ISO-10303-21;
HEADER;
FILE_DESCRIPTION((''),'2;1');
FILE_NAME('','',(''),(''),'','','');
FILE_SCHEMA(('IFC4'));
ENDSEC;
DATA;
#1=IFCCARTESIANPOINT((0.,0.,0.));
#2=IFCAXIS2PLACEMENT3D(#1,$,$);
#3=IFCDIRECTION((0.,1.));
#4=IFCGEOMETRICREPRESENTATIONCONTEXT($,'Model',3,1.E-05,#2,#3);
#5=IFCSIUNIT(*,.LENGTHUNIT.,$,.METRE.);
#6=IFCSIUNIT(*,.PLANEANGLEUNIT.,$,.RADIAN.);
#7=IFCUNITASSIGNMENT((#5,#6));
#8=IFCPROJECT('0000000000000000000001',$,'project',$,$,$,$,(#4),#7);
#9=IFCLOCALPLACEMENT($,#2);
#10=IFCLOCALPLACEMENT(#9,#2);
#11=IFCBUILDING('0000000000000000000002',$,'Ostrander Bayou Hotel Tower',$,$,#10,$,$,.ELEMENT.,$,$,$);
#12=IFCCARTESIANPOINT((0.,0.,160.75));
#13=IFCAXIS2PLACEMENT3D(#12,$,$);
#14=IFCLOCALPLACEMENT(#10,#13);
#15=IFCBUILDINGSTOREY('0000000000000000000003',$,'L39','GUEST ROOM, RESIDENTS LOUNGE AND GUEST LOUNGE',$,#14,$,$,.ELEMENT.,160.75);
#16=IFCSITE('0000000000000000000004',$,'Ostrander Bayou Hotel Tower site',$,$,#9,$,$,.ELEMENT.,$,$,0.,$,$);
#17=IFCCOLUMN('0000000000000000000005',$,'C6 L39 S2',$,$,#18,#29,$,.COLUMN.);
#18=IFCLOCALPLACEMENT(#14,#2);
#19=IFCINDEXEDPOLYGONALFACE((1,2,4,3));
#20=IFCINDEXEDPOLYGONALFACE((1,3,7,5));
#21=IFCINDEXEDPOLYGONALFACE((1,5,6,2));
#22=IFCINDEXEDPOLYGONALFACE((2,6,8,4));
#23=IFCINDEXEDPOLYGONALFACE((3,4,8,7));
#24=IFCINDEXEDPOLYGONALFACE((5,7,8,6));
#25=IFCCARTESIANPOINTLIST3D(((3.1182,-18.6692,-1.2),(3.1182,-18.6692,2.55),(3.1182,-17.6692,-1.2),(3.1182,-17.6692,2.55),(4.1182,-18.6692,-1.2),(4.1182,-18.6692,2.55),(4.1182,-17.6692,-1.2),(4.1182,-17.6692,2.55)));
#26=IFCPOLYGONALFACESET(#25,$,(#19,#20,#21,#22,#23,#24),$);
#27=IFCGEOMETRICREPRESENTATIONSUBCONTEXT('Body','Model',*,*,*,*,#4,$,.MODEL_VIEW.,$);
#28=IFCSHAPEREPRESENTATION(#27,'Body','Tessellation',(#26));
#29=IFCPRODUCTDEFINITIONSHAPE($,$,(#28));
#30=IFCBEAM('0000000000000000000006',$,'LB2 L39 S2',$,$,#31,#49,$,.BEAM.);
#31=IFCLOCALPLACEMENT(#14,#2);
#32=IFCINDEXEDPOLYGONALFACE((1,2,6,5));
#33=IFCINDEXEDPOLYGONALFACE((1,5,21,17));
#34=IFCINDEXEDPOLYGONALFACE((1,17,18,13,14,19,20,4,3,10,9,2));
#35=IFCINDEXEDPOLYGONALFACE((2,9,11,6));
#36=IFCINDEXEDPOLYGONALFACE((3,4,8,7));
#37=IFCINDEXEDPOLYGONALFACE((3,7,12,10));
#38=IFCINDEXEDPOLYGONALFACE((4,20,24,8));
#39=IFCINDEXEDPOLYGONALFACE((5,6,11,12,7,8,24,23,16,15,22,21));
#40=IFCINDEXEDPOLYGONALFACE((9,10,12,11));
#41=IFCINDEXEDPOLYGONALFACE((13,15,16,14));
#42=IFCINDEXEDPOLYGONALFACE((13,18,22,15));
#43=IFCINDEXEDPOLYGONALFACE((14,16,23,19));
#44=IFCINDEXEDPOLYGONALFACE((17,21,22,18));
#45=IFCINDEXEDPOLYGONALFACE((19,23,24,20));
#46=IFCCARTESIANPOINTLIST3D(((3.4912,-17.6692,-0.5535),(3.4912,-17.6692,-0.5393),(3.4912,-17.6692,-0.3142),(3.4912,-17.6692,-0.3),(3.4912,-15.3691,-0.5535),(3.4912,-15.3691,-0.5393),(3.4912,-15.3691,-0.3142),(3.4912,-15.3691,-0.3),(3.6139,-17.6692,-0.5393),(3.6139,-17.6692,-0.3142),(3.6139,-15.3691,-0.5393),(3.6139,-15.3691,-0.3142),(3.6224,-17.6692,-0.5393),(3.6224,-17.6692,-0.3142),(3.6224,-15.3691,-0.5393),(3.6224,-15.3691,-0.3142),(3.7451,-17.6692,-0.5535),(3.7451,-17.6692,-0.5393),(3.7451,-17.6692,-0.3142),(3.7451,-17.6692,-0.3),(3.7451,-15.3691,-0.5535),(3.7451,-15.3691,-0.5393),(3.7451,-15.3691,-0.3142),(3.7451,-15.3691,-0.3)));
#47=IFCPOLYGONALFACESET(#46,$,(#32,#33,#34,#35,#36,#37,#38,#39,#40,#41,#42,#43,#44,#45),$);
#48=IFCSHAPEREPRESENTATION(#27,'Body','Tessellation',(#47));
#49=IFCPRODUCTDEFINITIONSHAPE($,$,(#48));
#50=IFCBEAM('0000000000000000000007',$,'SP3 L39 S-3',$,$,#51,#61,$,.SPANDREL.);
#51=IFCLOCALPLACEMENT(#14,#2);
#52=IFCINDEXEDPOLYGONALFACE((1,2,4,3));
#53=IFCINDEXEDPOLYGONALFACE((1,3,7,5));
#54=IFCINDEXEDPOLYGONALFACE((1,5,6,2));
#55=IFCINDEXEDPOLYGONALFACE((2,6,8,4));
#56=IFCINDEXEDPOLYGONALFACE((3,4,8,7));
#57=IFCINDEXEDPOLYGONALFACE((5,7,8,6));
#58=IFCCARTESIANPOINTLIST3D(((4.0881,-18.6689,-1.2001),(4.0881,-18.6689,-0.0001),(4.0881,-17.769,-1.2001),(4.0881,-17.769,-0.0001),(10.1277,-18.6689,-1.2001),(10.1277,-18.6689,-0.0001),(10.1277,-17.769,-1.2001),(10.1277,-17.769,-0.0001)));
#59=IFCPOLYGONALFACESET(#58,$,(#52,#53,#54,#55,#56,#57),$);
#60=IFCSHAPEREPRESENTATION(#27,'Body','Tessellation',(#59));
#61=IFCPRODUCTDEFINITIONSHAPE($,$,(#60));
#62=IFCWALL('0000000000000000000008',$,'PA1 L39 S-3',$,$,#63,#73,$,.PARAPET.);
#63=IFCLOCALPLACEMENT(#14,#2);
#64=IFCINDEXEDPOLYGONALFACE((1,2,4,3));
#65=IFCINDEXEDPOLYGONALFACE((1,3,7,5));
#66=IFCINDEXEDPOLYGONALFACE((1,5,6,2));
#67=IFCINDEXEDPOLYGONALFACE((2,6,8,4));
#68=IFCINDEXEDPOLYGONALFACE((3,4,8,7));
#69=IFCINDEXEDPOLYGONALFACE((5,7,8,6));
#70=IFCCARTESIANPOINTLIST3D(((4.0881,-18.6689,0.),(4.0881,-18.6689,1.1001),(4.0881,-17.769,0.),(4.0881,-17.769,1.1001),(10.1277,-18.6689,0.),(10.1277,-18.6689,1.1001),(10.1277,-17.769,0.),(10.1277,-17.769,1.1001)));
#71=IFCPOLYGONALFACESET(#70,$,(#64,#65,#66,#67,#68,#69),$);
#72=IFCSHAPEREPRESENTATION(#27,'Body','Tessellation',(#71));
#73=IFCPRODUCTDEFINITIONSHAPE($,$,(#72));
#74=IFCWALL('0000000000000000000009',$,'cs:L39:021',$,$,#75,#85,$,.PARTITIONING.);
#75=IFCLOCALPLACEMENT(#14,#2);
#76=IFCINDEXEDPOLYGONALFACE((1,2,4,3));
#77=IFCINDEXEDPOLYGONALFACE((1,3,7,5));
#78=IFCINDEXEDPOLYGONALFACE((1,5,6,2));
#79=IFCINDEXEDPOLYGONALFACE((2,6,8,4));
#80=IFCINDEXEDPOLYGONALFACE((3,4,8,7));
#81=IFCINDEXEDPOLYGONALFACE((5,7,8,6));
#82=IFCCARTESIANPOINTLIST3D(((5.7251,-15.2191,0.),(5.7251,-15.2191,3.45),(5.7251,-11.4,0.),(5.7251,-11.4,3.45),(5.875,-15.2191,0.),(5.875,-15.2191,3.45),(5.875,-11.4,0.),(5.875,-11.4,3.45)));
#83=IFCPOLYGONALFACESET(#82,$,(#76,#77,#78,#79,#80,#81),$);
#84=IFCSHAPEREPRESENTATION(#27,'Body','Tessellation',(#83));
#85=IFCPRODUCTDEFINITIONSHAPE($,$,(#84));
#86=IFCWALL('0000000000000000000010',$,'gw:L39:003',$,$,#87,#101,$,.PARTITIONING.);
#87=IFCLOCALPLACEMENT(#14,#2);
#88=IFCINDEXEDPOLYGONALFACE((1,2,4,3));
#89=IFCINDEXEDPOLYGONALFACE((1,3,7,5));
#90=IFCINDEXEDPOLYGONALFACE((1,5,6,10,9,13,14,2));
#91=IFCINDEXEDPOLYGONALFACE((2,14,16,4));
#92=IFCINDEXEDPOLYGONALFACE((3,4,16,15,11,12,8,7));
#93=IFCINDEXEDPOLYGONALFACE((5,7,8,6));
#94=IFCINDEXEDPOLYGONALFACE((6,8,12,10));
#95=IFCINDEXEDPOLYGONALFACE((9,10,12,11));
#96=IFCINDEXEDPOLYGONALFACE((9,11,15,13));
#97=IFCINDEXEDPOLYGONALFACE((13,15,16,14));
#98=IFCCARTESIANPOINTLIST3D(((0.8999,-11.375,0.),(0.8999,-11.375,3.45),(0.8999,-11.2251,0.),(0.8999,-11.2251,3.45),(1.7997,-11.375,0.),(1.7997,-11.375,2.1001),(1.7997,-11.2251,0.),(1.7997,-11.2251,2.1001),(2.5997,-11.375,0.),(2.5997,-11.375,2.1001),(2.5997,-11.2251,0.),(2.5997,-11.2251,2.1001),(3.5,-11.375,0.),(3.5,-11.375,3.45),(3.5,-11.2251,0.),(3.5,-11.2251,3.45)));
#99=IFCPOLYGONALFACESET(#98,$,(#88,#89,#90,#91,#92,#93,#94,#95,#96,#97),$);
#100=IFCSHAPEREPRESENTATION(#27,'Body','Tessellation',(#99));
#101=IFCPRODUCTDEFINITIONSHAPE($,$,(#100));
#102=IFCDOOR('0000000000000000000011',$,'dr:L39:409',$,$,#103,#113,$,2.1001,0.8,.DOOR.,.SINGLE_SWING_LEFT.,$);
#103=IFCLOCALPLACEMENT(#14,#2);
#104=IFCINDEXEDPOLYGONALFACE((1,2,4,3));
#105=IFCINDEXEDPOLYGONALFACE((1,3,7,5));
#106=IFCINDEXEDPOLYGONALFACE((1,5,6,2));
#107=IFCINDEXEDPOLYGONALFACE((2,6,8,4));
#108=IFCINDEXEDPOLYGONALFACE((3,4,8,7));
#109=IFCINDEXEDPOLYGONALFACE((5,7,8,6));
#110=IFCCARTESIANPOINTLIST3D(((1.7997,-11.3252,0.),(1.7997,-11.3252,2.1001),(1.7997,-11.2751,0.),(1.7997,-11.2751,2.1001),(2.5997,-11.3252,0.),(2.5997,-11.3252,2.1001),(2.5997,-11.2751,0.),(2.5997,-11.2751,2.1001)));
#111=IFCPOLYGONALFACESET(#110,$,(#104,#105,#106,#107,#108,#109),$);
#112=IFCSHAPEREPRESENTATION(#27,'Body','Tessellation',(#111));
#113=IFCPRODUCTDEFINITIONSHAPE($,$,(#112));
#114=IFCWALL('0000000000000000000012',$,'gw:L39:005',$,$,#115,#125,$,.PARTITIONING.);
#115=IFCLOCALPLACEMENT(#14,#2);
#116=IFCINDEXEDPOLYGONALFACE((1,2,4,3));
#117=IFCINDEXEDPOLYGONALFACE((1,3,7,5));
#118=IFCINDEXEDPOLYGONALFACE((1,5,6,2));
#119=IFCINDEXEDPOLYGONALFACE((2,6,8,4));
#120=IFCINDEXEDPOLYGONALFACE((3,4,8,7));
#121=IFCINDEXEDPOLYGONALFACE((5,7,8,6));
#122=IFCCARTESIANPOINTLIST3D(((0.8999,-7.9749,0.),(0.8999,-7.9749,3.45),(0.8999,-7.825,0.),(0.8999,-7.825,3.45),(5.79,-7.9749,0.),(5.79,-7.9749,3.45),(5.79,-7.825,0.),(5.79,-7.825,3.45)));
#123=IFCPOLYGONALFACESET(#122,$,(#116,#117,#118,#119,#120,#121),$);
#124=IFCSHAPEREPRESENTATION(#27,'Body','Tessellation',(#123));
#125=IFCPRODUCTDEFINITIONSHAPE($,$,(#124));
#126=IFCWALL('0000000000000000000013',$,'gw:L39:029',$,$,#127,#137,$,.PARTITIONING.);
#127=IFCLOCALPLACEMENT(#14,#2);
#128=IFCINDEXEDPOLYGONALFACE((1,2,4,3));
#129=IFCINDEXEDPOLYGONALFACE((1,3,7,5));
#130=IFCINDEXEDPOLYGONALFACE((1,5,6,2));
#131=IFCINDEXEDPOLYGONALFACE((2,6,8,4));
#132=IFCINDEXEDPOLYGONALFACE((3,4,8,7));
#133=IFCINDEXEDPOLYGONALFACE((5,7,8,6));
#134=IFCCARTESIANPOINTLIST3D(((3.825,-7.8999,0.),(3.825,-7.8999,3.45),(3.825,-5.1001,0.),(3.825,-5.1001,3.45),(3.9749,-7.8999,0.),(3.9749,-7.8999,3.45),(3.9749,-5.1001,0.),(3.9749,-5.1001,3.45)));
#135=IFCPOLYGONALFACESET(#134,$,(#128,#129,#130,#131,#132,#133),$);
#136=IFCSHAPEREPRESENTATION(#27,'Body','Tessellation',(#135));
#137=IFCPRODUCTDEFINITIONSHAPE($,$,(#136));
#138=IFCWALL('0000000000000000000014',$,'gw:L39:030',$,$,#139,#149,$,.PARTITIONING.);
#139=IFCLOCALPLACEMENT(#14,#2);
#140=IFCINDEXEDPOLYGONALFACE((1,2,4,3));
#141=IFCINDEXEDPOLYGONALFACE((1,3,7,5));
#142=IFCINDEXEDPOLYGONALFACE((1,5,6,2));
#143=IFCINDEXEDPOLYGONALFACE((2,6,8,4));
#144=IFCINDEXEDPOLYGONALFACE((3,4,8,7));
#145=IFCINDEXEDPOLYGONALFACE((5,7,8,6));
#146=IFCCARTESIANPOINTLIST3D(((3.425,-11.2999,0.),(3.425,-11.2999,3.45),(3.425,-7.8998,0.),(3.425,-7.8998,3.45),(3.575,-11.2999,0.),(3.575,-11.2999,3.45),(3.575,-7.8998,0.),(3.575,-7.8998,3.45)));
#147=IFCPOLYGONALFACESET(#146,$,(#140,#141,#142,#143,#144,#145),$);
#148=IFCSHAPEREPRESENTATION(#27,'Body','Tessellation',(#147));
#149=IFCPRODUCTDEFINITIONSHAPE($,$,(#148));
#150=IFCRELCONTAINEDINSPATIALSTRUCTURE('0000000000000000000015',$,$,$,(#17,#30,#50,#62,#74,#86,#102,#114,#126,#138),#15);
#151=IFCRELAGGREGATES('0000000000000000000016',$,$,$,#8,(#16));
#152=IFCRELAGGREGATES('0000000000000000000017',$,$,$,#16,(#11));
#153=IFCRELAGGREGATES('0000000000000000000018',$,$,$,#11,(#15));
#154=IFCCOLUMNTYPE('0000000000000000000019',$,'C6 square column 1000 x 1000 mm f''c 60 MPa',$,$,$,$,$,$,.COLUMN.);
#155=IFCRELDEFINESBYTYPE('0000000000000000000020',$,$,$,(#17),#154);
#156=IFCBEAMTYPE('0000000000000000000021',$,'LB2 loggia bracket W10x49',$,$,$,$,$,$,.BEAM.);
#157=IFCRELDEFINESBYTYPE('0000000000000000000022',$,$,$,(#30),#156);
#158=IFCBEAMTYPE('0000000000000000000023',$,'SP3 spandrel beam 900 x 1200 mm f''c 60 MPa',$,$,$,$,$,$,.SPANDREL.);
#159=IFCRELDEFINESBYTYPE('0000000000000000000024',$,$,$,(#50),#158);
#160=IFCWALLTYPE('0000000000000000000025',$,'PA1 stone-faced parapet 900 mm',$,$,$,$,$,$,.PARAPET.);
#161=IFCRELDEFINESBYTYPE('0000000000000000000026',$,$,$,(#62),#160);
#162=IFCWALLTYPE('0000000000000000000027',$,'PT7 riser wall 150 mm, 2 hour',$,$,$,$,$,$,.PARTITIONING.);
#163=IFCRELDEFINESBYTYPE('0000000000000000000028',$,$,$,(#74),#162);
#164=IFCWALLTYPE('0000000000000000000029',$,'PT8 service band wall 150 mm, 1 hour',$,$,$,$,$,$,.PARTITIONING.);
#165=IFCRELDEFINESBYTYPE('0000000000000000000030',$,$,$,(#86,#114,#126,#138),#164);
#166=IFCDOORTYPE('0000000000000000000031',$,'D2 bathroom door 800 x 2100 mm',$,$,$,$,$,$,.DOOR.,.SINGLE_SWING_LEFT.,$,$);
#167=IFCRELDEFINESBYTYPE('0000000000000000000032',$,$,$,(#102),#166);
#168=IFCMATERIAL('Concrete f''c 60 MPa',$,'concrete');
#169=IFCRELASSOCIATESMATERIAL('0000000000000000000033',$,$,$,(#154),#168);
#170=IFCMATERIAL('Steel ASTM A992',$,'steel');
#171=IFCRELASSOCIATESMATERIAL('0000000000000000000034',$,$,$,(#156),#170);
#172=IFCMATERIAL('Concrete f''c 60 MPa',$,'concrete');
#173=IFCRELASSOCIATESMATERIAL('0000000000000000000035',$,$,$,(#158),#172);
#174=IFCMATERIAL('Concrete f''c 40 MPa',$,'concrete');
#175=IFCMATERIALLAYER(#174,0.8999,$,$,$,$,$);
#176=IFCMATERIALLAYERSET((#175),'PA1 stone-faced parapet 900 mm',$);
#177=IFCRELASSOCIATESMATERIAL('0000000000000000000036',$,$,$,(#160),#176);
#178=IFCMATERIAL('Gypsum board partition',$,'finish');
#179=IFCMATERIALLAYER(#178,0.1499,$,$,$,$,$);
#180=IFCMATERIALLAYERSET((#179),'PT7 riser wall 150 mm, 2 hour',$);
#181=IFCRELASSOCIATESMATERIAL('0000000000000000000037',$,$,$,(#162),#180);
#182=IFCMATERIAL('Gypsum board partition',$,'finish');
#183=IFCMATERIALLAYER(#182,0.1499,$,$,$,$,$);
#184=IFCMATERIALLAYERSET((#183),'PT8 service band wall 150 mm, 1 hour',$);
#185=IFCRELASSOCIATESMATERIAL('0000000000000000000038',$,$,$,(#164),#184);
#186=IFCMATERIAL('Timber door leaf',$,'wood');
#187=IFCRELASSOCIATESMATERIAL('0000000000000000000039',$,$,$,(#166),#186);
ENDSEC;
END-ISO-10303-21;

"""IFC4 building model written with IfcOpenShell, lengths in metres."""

from ifc_helpers import new_model, si_unit, direction, frame, frame_2d, origin, origin_2d, place, context, subcontext, project, spatial, rectangle, i_section, extrude, material, layer, layer_set, material_profile, profile_set, type_object, element, fill, save


model = new_model("IFC4")

# Units and contexts
model_context = context("Model", 3, precision=1e-05, world=origin(), true_north=direction((0.0, 1.0)))
body_context = subcontext(model_context, "Body", "Model", "MODEL_VIEW")
ifc_project = project(units=[si_unit("LENGTHUNIT", "METRE"), si_unit("PLANEANGLEUNIT", "RADIAN")], contexts=[model_context])

# Site, building, storey
site_placement = place(None, origin())
site = spatial("IfcSite", under=ifc_project, at=site_placement, Name="Ostrander Bayou Hotel Tower site", CompositionType="ELEMENT", RefElevation=0.0)
building_placement = place(site_placement, origin())
building = spatial("IfcBuilding", under=site, at=building_placement, Name="Ostrander Bayou Hotel Tower", CompositionType="ELEMENT")
storey_placement = place(building_placement, frame((0.0, 0.0, 160.75)))
storey = spatial("IfcBuildingStorey", under=building, at=storey_placement, Name="L39", Description="GUEST ROOM, RESIDENTS LOUNGE AND GUEST LOUNGE", CompositionType="ELEMENT", Elevation=160.75)

# Column
ifc_material_1 = material(Name="Concrete f'c 60 MPa", Category="concrete")
ifc_material_profile_1 = material_profile(ifc_material_1, rectangle(XDim=1.0, YDim=1.0, at=origin_2d()))
ifc_profile_set_1 = profile_set([ifc_material_profile_1], Name="Concrete f'c 60 MPa")
column_type = type_object("IfcColumnType", Name="C6 square column 1000 x 1000 mm f'c 60 MPa", PredefinedType="COLUMN", material=ifc_profile_set_1)
column_placement = place(storey_placement, frame((3.6182, -18.1692, -1.2), z_axis=(0.0, 0.0, 1.0), x_axis=(-1.0, 0.0, 0.0)))
element("IfcColumn", 1, at=column_placement, inside=storey, type_object=column_type, Name="C6 L39 S2", PredefinedType="COLUMN", context=body_context, shape_type="SweptSolid", body=[
    extrude(rectangle(XDim=1.0, YDim=1.0, at=origin_2d()), origin(), (0.0, 0.0, 1.0), 3.75),
])

# Beams
ifc_material_2 = material(Name="Steel ASTM A992", Category="steel")
ifc_material_profile_2 = material_profile(ifc_material_2, i_section(OverallWidth=0.2539, OverallDepth=0.2534, WebThickness=0.0085, FlangeThickness=0.0142, at=origin_2d()))
ifc_profile_set_2 = profile_set([ifc_material_profile_2], Name="Steel ASTM A992")
beam_type_1 = type_object("IfcBeamType", Name="LB2 loggia bracket W10x49", PredefinedType="BEAM", material=ifc_profile_set_2)
beam_1_placement = place(storey_placement, frame((3.6182, -17.6692, -0.4268), z_axis=(0.0, 1.0, 0.0), x_axis=(-1.0, 0.0, 0.0)))
element("IfcBeam", 2, at=beam_1_placement, inside=storey, type_object=beam_type_1, Name="LB2 L39 S2", PredefinedType="BEAM", context=body_context, shape_type="SweptSolid", body=[
    extrude(i_section(OverallWidth=0.2539, OverallDepth=0.2534, WebThickness=0.0085, FlangeThickness=0.0142, at=origin_2d()), origin(), (0.0, 0.0, 1.0), 2.3),
])
ifc_material_3 = material(Name="Concrete f'c 60 MPa", Category="concrete")
ifc_material_profile_3 = material_profile(ifc_material_3, rectangle(XDim=0.8999, YDim=1.2, at=origin_2d()))
ifc_profile_set_3 = profile_set([ifc_material_profile_3], Name="Concrete f'c 60 MPa")
beam_type_2 = type_object("IfcBeamType", Name="SP3 spandrel beam 900 x 1200 mm f'c 60 MPa", PredefinedType="SPANDREL", material=ifc_profile_set_3)
beam_2_placement = place(storey_placement, frame((4.0881, -18.219, -0.6001), z_axis=(1.0, 0.0, 0.0), x_axis=(0.0, 1.0, 0.0)))
element("IfcBeam", 3, at=beam_2_placement, inside=storey, type_object=beam_type_2, Name="SP3 L39 S-3", PredefinedType="SPANDREL", context=body_context, shape_type="SweptSolid", body=[
    extrude(rectangle(XDim=0.8999, YDim=1.2, at=origin_2d()), origin(), (0.0, 0.0, 1.0), 6.0396),
])

# Walls
ifc_material_4 = material(Name="Concrete f'c 40 MPa", Category="concrete")
ifc_layer_1 = layer(ifc_material_4, 0.8999)
ifc_layer_set_1 = layer_set([ifc_layer_1], Name="PA1 stone-faced parapet 900 mm")
wall_type_1 = type_object("IfcWallType", Name="PA1 stone-faced parapet 900 mm", PredefinedType="PARAPET", material=ifc_layer_set_1)
wall_1_placement = place(storey_placement, frame((4.0881, -18.219, 0.0), z_axis=(0.0, 0.0, 1.0), x_axis=(1.0, 0.0, 0.0)))
element("IfcWall", 4, at=wall_1_placement, inside=storey, type_object=wall_type_1, Name="PA1 L39 S-3", PredefinedType="PARAPET", context=body_context, shape_type="SweptSolid", body=[
    extrude(rectangle(XDim=6.0396, YDim=0.8999, at=frame_2d((3.0198, 0.0))), origin(), (0.0, 0.0, 1.0), 1.1001),
])
ifc_material_5 = material(Name="Gypsum board partition", Category="finish")
ifc_layer_2 = layer(ifc_material_5, 0.1499)
ifc_layer_set_2 = layer_set([ifc_layer_2], Name="PT7 riser wall 150 mm, 2 hour")
wall_type_2 = type_object("IfcWallType", Name="PT7 riser wall 150 mm, 2 hour", PredefinedType="PARTITIONING", material=ifc_layer_set_2)
wall_2_placement = place(storey_placement, frame((5.8, -11.3999, 0.0), z_axis=(0.0, 0.0, 1.0), x_axis=(0.0, -1.0, 0.0)))
element("IfcWall", 5, at=wall_2_placement, inside=storey, type_object=wall_type_2, Name="cs:L39:021", PredefinedType="PARTITIONING", context=body_context, shape_type="SweptSolid", body=[
    extrude(rectangle(XDim=3.8191, YDim=0.1499, at=frame_2d((1.9097, 0.0))), origin(), (0.0, 0.0, 1.0), 3.45),
])

# Wall, opening, door
ifc_material_6 = material(Name="Gypsum board partition", Category="finish")
ifc_layer_3 = layer(ifc_material_6, 0.1499)
ifc_layer_set_3 = layer_set([ifc_layer_3], Name="PT8 service band wall 150 mm, 1 hour")
wall_type_3 = type_object("IfcWallType", Name="PT8 service band wall 150 mm, 1 hour", PredefinedType="PARTITIONING", material=ifc_layer_set_3)
wall_3_placement = place(storey_placement, frame((0.8999, -11.3, 0.0), z_axis=(0.0, 0.0, 1.0), x_axis=(1.0, 0.0, 0.0)))
wall_3 = element("IfcWall", 6, at=wall_3_placement, inside=storey, type_object=wall_type_3, Name="gw:L39:003", PredefinedType="PARTITIONING", context=body_context, shape_type="SweptSolid", body=[
    extrude(rectangle(XDim=2.6001, YDim=0.1499, at=frame_2d((1.3, 0.0))), origin(), (0.0, 0.0, 1.0), 3.45),
])
opening_1_placement = place(wall_3_placement, frame((0.8999, 0.0, 0.0)))
opening_1 = element("IfcOpeningElement", 7, at=opening_1_placement, cuts=wall_3, PredefinedType="OPENING", context=body_context, shape_type="SweptSolid", body=[
    extrude(rectangle(XDim=0.8, YDim=2.1001, at=frame_2d((0.3999, 1.05))), frame((0.0, 0.075, 0.0), z_axis=(0.0, -1.0, 0.0), x_axis=(1.0, 0.0, 0.0)), (0.0, 0.0, 1.0), 0.1499),
])
ifc_material_7 = material(Name="Timber door leaf", Category="wood")
door_type_1 = type_object("IfcDoorType", Name="D2 bathroom door 800 x 2100 mm", OperationType="SINGLE_SWING_LEFT", PredefinedType="DOOR", material=ifc_material_7)
door_1_placement = place(opening_1_placement, origin())
door_1 = element("IfcDoor", 8, at=door_1_placement, inside=storey, type_object=door_type_1, Name="dr:L39:409", OperationType="SINGLE_SWING_LEFT", OverallHeight=2.1001, OverallWidth=0.8, PredefinedType="DOOR", context=body_context, shape_type="SweptSolid", body=[
    extrude(rectangle(XDim=0.8, YDim=2.1001, at=frame_2d((0.3999, 1.05))), frame((0.0, 0.0249, 0.0), z_axis=(0.0, -1.0, 0.0), x_axis=(1.0, 0.0, 0.0)), (0.0, 0.0, 1.0), 0.05),
])
fill(opening_1, door_1)

# Walls
wall_4_placement = place(storey_placement, frame((0.8999, -7.8999, 0.0), z_axis=(0.0, 0.0, 1.0), x_axis=(1.0, 0.0, 0.0)))
element("IfcWall", 9, at=wall_4_placement, inside=storey, type_object=wall_type_3, Name="gw:L39:005", PredefinedType="PARTITIONING", context=body_context, shape_type="SweptSolid", body=[
    extrude(rectangle(XDim=4.8901, YDim=0.1499, at=frame_2d((2.4451, 0.0))), origin(), (0.0, 0.0, 1.0), 3.45),
])
wall_5_placement = place(storey_placement, frame((3.8999, -7.8999, 0.0), z_axis=(0.0, 0.0, 1.0), x_axis=(0.0, 1.0, 0.0)))
element("IfcWall", 10, at=wall_5_placement, inside=storey, type_object=wall_type_3, Name="gw:L39:029", PredefinedType="PARTITIONING", context=body_context, shape_type="SweptSolid", body=[
    extrude(rectangle(XDim=2.7998, YDim=0.1499, at=frame_2d((1.3999, 0.0))), origin(), (0.0, 0.0, 1.0), 3.45),
])
wall_6_placement = place(storey_placement, frame((3.5, -11.3, 0.0), z_axis=(0.0, 0.0, 1.0), x_axis=(0.0, 1.0, 0.0)))
element("IfcWall", 11, at=wall_6_placement, inside=storey, type_object=wall_type_3, Name="gw:L39:030", PredefinedType="PARTITIONING", context=body_context, shape_type="SweptSolid", body=[
    extrude(rectangle(XDim=3.4001, YDim=0.1499, at=frame_2d((1.7002, 0.0))), origin(), (0.0, 0.0, 1.0), 3.45),
])

save(model, "model.ifc")
